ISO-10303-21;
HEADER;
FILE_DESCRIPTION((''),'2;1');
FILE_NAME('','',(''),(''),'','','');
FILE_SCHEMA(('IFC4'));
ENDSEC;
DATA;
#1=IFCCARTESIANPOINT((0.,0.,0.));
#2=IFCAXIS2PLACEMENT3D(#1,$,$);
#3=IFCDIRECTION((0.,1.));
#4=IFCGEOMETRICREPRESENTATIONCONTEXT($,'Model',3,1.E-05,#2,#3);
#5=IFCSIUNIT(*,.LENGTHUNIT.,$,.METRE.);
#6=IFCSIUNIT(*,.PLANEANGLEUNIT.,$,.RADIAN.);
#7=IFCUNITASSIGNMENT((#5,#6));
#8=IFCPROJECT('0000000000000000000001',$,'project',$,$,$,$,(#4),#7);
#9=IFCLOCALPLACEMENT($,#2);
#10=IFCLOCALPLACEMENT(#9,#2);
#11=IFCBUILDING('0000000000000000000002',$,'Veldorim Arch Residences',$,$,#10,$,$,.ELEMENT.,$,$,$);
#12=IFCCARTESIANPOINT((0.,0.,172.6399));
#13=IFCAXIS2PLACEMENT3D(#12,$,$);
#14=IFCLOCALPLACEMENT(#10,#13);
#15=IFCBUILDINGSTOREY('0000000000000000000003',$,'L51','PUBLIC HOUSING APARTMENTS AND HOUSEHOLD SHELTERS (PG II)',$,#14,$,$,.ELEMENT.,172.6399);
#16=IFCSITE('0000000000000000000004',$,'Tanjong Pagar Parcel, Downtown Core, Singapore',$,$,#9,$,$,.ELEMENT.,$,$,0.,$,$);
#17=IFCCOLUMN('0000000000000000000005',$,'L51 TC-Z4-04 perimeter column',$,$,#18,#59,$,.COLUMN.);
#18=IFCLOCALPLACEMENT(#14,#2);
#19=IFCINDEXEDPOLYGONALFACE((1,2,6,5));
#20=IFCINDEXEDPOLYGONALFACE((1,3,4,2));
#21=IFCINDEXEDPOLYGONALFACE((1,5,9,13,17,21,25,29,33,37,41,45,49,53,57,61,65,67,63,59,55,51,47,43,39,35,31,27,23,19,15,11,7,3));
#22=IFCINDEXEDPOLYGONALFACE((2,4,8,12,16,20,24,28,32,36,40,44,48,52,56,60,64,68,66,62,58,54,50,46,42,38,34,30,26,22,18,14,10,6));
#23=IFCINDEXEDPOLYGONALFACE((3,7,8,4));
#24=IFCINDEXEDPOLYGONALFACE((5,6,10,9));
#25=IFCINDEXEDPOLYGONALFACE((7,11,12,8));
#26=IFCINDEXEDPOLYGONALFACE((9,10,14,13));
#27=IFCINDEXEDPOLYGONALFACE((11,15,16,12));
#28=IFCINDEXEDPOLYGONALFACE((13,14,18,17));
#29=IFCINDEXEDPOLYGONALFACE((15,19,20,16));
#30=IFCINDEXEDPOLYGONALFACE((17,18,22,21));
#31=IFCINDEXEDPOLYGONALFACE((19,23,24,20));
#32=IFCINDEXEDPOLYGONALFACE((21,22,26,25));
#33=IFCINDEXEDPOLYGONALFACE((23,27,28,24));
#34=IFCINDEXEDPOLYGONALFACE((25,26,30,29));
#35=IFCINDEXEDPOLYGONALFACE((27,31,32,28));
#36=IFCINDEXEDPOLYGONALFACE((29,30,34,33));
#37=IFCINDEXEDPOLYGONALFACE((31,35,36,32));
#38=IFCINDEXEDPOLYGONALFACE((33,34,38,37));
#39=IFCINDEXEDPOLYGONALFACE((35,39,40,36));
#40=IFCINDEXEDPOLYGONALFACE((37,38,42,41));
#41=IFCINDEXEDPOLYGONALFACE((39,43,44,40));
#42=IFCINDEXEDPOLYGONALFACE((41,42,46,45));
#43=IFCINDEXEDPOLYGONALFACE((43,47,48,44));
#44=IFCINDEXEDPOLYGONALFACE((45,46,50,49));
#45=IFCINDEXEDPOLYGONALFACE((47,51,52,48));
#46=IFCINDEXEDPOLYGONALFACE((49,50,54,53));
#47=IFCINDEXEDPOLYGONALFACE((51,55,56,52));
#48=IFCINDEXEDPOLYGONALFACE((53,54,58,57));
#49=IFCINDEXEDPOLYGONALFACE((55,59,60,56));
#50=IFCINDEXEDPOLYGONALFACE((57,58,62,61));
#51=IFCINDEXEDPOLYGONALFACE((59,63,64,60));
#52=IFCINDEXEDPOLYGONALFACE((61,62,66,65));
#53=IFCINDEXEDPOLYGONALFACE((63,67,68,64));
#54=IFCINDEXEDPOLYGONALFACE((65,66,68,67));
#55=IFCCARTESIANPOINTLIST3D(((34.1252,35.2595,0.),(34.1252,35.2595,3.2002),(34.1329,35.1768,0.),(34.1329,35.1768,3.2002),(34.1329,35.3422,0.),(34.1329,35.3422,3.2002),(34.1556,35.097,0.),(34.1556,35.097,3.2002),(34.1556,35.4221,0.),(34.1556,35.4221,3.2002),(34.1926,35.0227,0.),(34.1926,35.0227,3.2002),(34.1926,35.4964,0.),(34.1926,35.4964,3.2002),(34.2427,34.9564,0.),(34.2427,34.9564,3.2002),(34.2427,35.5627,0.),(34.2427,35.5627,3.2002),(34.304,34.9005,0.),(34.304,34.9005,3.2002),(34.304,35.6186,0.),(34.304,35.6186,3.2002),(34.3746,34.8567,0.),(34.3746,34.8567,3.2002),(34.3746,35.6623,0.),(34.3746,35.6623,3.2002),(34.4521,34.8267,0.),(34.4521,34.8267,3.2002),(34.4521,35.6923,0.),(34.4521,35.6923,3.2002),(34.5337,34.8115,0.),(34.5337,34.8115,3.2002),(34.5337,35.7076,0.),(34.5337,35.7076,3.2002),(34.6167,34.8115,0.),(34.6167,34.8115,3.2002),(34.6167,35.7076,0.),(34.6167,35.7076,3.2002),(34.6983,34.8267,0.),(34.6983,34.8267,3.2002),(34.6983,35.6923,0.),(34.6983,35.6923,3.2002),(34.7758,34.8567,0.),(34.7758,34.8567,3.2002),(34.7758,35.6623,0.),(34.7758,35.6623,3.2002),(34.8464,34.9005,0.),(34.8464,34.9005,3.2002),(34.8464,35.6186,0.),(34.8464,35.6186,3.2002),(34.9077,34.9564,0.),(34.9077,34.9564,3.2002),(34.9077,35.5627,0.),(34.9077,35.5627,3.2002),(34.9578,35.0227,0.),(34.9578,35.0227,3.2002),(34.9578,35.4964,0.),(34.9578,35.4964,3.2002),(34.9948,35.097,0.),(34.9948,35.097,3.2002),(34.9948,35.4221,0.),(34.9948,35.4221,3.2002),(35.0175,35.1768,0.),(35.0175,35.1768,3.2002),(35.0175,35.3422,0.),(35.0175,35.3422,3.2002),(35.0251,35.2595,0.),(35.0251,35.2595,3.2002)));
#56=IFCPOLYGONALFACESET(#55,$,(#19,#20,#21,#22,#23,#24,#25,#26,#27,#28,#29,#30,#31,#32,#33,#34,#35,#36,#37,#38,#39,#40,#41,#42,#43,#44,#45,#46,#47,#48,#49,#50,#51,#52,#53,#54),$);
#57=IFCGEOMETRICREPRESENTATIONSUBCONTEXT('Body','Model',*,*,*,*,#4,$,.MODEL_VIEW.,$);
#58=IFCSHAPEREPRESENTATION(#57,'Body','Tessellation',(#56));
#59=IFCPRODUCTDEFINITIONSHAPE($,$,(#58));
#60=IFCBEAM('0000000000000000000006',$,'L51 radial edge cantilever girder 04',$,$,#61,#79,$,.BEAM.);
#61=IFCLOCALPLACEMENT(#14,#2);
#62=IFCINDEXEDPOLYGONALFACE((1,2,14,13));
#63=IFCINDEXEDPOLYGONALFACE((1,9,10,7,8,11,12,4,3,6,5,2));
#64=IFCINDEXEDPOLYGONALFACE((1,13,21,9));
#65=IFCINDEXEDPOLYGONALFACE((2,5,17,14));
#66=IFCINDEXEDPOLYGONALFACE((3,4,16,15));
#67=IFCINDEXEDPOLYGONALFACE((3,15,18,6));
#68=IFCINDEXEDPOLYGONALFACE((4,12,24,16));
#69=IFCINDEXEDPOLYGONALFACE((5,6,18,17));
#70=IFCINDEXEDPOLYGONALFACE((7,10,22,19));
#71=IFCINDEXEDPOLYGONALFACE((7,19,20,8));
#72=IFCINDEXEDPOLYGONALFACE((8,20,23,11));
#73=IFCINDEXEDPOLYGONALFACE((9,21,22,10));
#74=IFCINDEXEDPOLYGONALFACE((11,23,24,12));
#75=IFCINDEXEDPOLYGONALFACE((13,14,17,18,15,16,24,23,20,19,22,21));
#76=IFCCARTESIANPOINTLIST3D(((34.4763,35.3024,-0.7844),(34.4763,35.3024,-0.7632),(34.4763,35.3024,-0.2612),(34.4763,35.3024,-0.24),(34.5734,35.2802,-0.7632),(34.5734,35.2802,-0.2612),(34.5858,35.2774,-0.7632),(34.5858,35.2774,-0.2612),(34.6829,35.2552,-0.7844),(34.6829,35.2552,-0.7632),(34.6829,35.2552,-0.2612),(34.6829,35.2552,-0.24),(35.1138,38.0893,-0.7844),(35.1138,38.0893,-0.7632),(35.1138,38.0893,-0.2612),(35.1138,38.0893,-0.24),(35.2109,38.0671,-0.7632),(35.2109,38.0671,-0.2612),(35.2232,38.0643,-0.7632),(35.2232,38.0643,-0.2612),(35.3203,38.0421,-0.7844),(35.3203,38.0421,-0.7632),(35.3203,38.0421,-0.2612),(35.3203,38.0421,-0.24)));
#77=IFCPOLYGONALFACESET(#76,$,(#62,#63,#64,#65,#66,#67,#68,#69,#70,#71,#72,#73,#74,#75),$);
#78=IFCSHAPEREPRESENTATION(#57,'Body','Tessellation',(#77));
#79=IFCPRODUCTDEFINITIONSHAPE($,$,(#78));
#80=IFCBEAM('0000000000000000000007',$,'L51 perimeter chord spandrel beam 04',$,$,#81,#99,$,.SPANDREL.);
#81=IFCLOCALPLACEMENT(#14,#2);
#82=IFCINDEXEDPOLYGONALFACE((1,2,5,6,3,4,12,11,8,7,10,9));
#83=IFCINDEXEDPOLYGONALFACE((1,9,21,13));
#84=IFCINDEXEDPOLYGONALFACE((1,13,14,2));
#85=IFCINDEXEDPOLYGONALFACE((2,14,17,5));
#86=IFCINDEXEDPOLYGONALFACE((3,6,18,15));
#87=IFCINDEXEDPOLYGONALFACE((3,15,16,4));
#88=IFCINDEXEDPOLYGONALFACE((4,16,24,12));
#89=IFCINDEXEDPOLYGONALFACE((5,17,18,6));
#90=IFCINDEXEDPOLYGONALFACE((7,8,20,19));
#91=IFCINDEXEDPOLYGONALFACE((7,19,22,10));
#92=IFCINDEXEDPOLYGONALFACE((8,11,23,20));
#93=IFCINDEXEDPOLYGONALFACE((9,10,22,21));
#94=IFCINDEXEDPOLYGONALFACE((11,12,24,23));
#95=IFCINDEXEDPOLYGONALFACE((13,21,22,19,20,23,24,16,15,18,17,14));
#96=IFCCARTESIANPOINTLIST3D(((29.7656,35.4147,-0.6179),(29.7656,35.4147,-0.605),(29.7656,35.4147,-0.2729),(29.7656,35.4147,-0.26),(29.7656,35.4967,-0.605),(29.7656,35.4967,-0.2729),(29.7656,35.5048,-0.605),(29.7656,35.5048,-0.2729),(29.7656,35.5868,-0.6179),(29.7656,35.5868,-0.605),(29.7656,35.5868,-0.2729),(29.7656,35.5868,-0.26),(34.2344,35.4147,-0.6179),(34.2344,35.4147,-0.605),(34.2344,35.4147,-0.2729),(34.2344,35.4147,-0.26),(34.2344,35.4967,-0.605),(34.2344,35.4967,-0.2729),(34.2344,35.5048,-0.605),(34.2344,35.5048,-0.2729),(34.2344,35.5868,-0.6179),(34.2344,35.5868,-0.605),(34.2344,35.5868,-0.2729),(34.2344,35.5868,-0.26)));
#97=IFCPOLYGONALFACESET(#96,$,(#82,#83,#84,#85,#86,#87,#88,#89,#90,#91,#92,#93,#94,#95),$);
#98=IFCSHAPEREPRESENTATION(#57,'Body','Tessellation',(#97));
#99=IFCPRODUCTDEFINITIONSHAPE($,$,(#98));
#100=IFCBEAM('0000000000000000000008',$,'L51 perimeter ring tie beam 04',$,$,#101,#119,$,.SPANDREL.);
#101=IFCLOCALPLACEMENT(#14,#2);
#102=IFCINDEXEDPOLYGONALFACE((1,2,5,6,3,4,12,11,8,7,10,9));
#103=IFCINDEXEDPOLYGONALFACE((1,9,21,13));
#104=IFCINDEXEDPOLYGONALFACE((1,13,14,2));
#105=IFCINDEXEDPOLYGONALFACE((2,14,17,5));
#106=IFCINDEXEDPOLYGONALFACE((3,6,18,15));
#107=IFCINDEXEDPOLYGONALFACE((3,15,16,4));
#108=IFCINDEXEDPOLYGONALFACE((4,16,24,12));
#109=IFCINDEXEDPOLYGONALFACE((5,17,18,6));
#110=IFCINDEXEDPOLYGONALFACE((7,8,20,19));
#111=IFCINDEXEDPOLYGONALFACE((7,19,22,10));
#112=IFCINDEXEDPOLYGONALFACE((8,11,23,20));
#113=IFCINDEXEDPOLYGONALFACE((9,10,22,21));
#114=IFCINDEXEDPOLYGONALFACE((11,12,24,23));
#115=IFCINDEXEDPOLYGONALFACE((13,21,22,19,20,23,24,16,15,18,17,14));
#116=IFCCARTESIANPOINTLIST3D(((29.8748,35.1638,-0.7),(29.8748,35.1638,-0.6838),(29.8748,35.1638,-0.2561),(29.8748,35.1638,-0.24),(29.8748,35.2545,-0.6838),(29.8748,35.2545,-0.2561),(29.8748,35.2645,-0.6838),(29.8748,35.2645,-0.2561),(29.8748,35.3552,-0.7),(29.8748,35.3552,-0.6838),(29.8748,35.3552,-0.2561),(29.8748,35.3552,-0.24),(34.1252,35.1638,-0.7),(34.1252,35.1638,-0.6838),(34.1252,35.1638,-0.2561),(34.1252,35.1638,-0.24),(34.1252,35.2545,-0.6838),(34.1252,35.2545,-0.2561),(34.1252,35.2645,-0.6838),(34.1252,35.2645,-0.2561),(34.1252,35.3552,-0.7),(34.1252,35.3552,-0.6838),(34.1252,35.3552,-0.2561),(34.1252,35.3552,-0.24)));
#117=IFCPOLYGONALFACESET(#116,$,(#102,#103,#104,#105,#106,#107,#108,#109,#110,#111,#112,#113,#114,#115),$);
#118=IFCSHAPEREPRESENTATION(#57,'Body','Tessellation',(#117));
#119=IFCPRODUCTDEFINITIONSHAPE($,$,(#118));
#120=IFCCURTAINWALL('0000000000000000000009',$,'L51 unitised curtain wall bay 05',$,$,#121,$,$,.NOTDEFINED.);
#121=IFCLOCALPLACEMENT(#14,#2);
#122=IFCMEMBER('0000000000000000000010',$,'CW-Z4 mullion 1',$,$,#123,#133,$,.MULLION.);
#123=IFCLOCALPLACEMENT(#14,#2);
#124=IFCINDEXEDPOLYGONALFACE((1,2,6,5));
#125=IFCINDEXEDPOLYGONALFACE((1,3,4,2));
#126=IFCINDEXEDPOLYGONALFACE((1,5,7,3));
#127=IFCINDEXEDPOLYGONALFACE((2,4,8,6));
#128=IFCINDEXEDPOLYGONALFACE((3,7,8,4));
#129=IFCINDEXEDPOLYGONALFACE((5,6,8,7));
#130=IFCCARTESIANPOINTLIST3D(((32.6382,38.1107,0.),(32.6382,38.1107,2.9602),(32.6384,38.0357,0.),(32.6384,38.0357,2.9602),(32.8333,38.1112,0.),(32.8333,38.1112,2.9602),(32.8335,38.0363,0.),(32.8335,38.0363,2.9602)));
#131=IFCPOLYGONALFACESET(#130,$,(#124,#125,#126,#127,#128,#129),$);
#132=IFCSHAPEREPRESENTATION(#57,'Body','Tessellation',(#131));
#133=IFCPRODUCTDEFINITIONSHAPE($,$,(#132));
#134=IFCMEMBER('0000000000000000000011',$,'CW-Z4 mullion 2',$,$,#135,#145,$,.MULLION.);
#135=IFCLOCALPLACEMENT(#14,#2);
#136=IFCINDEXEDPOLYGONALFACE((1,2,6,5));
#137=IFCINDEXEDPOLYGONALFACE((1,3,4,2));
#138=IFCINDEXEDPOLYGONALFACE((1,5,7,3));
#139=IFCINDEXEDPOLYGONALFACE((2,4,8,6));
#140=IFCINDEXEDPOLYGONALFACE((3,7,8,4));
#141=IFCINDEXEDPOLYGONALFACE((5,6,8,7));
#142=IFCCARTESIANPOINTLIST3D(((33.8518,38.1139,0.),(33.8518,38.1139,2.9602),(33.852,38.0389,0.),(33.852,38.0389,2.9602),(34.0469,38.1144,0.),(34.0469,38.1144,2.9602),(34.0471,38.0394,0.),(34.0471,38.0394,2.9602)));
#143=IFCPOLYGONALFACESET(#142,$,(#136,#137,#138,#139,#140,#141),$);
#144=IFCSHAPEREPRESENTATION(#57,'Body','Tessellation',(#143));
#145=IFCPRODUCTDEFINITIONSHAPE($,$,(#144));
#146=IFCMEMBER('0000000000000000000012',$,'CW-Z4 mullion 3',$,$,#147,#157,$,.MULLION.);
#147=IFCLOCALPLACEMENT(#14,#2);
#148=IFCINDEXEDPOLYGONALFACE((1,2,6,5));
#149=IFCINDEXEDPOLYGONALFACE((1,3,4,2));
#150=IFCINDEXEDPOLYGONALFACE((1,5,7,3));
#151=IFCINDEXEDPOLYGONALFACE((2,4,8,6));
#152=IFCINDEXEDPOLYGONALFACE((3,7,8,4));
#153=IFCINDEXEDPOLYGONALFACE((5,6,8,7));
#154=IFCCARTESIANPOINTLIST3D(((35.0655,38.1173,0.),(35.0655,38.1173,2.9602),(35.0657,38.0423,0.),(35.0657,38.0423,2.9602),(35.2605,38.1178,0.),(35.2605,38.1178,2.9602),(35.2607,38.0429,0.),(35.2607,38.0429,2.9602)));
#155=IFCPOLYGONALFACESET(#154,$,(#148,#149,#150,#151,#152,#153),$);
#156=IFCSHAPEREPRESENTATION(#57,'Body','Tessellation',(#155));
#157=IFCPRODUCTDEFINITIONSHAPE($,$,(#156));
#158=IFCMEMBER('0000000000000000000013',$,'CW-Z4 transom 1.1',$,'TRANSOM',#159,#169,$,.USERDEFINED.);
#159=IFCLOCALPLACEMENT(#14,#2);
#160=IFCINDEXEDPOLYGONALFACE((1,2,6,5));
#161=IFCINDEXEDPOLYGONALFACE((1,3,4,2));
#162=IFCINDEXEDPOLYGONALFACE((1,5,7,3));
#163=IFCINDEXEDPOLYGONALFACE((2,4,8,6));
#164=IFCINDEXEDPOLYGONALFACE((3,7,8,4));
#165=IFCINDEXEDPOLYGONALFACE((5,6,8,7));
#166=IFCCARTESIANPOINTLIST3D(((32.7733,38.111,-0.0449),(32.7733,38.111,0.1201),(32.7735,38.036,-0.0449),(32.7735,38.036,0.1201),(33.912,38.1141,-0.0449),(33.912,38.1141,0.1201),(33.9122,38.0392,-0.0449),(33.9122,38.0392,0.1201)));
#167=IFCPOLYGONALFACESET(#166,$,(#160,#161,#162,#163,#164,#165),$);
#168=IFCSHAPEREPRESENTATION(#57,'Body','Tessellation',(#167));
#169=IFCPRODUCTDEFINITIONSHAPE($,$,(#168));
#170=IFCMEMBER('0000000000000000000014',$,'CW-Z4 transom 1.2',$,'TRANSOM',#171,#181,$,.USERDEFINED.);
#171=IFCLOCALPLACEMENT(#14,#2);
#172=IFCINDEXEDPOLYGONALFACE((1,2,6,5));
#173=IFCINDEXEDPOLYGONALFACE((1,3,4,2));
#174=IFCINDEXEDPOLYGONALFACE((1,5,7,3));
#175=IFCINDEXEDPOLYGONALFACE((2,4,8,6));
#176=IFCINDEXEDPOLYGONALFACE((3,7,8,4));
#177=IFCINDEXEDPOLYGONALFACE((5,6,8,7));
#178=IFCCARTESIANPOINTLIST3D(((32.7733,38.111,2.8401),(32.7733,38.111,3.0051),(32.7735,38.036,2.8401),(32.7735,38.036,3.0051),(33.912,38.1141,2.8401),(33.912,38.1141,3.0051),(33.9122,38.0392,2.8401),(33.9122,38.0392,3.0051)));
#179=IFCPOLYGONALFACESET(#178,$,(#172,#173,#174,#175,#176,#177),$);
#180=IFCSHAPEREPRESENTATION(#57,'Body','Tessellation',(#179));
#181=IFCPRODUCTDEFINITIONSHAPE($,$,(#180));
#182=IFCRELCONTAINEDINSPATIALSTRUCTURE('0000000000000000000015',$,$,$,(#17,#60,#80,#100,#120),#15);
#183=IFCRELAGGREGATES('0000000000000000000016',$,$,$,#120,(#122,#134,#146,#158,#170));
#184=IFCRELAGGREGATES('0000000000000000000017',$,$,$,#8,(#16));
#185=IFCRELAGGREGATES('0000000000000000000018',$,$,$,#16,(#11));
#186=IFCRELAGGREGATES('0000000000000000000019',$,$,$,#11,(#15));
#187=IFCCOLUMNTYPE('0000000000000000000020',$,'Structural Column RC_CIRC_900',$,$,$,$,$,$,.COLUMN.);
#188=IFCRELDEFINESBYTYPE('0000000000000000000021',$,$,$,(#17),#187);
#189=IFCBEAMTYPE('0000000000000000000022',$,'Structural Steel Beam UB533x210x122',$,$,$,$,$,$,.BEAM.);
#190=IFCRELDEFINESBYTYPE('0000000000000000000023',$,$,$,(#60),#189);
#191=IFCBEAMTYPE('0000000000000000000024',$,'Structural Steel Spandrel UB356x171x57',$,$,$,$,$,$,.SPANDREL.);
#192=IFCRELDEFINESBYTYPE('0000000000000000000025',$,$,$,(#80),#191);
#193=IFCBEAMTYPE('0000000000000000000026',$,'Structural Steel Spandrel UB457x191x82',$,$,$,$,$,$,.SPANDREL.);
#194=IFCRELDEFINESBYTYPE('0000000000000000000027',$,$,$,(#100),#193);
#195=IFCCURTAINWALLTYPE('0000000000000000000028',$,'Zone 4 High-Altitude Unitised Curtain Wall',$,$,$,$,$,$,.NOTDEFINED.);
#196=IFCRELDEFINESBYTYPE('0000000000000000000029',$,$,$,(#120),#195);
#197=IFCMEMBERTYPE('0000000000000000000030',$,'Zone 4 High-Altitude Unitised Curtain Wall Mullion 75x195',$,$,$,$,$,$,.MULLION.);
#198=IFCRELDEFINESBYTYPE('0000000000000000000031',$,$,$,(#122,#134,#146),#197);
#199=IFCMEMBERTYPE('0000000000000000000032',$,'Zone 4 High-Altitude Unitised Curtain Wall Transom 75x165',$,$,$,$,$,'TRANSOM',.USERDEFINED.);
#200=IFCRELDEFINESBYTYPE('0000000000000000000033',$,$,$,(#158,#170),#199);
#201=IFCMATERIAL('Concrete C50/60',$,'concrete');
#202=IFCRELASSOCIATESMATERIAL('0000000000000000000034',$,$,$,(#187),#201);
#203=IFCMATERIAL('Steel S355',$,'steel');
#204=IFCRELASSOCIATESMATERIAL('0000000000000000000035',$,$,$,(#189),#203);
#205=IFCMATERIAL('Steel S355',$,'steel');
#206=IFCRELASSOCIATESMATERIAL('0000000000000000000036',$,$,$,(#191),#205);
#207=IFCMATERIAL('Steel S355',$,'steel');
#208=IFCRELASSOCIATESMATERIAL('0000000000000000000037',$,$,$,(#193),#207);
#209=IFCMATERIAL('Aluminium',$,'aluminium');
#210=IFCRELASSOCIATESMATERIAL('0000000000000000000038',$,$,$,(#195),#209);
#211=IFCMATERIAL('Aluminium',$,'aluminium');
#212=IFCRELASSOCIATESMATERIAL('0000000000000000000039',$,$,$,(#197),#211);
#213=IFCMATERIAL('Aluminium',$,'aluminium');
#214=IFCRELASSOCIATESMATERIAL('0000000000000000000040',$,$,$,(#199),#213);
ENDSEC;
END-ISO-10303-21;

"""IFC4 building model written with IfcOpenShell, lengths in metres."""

from ifc_helpers import new_model, si_unit, direction, frame, origin, origin_2d, place, context, subcontext, project, spatial, rectangle, circle, i_section, extrude, material, material_profile, profile_set, type_object, element, aggregate, save


model = new_model("IFC4")

# Units and contexts
model_context = context("Model", 3, precision=1e-05, world=origin(), true_north=direction((0.0, 1.0)))
body_context = subcontext(model_context, "Body", "Model", "MODEL_VIEW")
ifc_project = project(units=[si_unit("LENGTHUNIT", "METRE"), si_unit("PLANEANGLEUNIT", "RADIAN")], contexts=[model_context])

# Site, building, storey
site_placement = place(None, origin())
site = spatial("IfcSite", under=ifc_project, at=site_placement, Name="Tanjong Pagar Parcel, Downtown Core, Singapore", CompositionType="ELEMENT", RefElevation=0.0)
building_placement = place(site_placement, origin())
building = spatial("IfcBuilding", under=site, at=building_placement, Name="Veldorim Arch Residences", CompositionType="ELEMENT")
storey_placement = place(building_placement, frame((0.0, 0.0, 172.6399)))
storey = spatial("IfcBuildingStorey", under=building, at=storey_placement, Name="L51", Description="PUBLIC HOUSING APARTMENTS AND HOUSEHOLD SHELTERS (PG II)", CompositionType="ELEMENT", Elevation=172.6399)

# Column
ifc_material_1 = material(Name="Concrete C50/60", Category="concrete")
ifc_material_profile_1 = material_profile(ifc_material_1, circle(Radius=0.45, at=origin_2d()), Name="RC_CIRC_900")
ifc_profile_set_1 = profile_set([ifc_material_profile_1], Name="Concrete C50/60")
column_type = type_object("IfcColumnType", Name="Structural Column RC_CIRC_900", PredefinedType="COLUMN", material=ifc_profile_set_1)
column_placement = place(storey_placement, frame((34.5752, 35.2595, 0.0), z_axis=(0.0, 0.0, 1.0), x_axis=(1.0, 0.0, 0.0)))
element("IfcColumn", 1, at=column_placement, inside=storey, type_object=column_type, Name="L51 TC-Z4-04 perimeter column", PredefinedType="COLUMN", context=body_context, shape_type="SweptSolid", body=[
    extrude(circle(Radius=0.45, at=origin_2d()), origin(), (0.0, 0.0, 1.0), 3.2002),
])

# Beams
ifc_material_2 = material(Name="Steel S355", Category="steel")
ifc_material_profile_2 = material_profile(ifc_material_2, i_section(OverallWidth=0.2119, OverallDepth=0.5444, WebThickness=0.0127, FlangeThickness=0.0212, at=origin_2d()), Name="UB533x210x122")
ifc_profile_set_2 = profile_set([ifc_material_profile_2], Name="Steel S355")
beam_type_1 = type_object("IfcBeamType", Name="Structural Steel Beam UB533x210x122", PredefinedType="BEAM", material=ifc_profile_set_2)
beam_1_placement = place(storey_placement, frame((34.5796, 35.2788, -0.5122), z_axis=(0.222976, 0.974824, 0.0), x_axis=(-0.974824, 0.222976, 0.0)))
element("IfcBeam", 2, at=beam_1_placement, inside=storey, type_object=beam_type_1, Name="L51 radial edge cantilever girder 04", PredefinedType="BEAM", context=body_context, shape_type="SweptSolid", body=[
    extrude(i_section(OverallWidth=0.2119, OverallDepth=0.5444, WebThickness=0.0127, FlangeThickness=0.0212, at=origin_2d()), origin(), (0.0, 0.0, 1.0), 2.8589),
])
ifc_material_3 = material(Name="Steel S355", Category="steel")
ifc_material_profile_3 = material_profile(ifc_material_3, i_section(OverallWidth=0.1721, OverallDepth=0.3579, WebThickness=0.0081, FlangeThickness=0.0129, at=origin_2d()), Name="UB356x171x57")
ifc_profile_set_3 = profile_set([ifc_material_profile_3], Name="Steel S355")
beam_type_2 = type_object("IfcBeamType", Name="Structural Steel Spandrel UB356x171x57", PredefinedType="SPANDREL", material=ifc_profile_set_3)
beam_2_placement = place(storey_placement, frame((34.2344, 35.5007, -0.439), z_axis=(-1.0, 0.0, 0.0), x_axis=(0.0, -1.0, 0.0)))
element("IfcBeam", 3, at=beam_2_placement, inside=storey, type_object=beam_type_2, Name="L51 perimeter chord spandrel beam 04", PredefinedType="SPANDREL", context=body_context, shape_type="SweptSolid", body=[
    extrude(i_section(OverallWidth=0.1721, OverallDepth=0.3579, WebThickness=0.0081, FlangeThickness=0.0129, at=origin_2d()), origin(), (0.0, 0.0, 1.0), 4.4688),
])
ifc_material_4 = material(Name="Steel S355", Category="steel")
ifc_material_profile_4 = material_profile(ifc_material_4, i_section(OverallWidth=0.1914, OverallDepth=0.46, WebThickness=0.01, FlangeThickness=0.0161, at=origin_2d()), Name="UB457x191x82")
ifc_profile_set_4 = profile_set([ifc_material_profile_4], Name="Steel S355")
beam_type_3 = type_object("IfcBeamType", Name="Structural Steel Spandrel UB457x191x82", PredefinedType="SPANDREL", material=ifc_profile_set_4)
beam_3_placement = place(storey_placement, frame((34.1252, 35.2595, -0.47), z_axis=(-1.0, 0.0, 0.0), x_axis=(0.0, -1.0, 0.0)))
element("IfcBeam", 4, at=beam_3_placement, inside=storey, type_object=beam_type_3, Name="L51 perimeter ring tie beam 04", PredefinedType="SPANDREL", context=body_context, shape_type="SweptSolid", body=[
    extrude(i_section(OverallWidth=0.1914, OverallDepth=0.46, WebThickness=0.01, FlangeThickness=0.0161, at=origin_2d()), origin(), (0.0, 0.0, 1.0), 4.2505),
])

# Curtain wall, members
ifc_material_5 = material(Name="Aluminium", Category="aluminium")
curtain_wall_type = type_object("IfcCurtainWallType", Name="Zone 4 High-Altitude Unitised Curtain Wall", PredefinedType="NOTDEFINED", material=ifc_material_5)
curtain_wall_placement = place(storey_placement, origin())
curtain_wall = element("IfcCurtainWall", 5, at=curtain_wall_placement, inside=storey, type_object=curtain_wall_type, Name="L51 unitised curtain wall bay 05", PredefinedType="NOTDEFINED")
ifc_material_6 = material(Name="Aluminium", Category="aluminium")
ifc_material_profile_5 = material_profile(ifc_material_6, rectangle(XDim=0.075, YDim=0.1951, at=origin_2d()), Name="ALU_MUL_75x195")
ifc_profile_set_5 = profile_set([ifc_material_profile_5], Name="Aluminium")
member_type_1 = type_object("IfcMemberType", Name="Zone 4 High-Altitude Unitised Curtain Wall Mullion 75x195", PredefinedType="MULLION", material=ifc_profile_set_5)
member_1_placement = place(storey_placement, frame((32.7358, 38.0735, 0.0), z_axis=(0.0, 0.0, 1.0), x_axis=(-0.002678, 0.999996, 0.0)))
member_1 = element("IfcMember", 6, at=member_1_placement, type_object=member_type_1, Name="CW-Z4 mullion 1", PredefinedType="MULLION", context=body_context, shape_type="SweptSolid", body=[
    extrude(rectangle(XDim=0.075, YDim=0.1951, at=origin_2d()), origin(), (0.0, 0.0, 1.0), 2.9602),
])
member_2_placement = place(storey_placement, frame((33.9495, 38.0767, 0.0), z_axis=(0.0, 0.0, 1.0), x_axis=(-0.002678, 0.999996, 0.0)))
member_2 = element("IfcMember", 7, at=member_2_placement, type_object=member_type_1, Name="CW-Z4 mullion 2", PredefinedType="MULLION", context=body_context, shape_type="SweptSolid", body=[
    extrude(rectangle(XDim=0.075, YDim=0.1951, at=origin_2d()), origin(), (0.0, 0.0, 1.0), 2.9602),
])
member_3_placement = place(storey_placement, frame((35.1631, 38.0801, 0.0), z_axis=(0.0, 0.0, 1.0), x_axis=(-0.002678, 0.999996, 0.0)))
member_3 = element("IfcMember", 8, at=member_3_placement, type_object=member_type_1, Name="CW-Z4 mullion 3", PredefinedType="MULLION", context=body_context, shape_type="SweptSolid", body=[
    extrude(rectangle(XDim=0.075, YDim=0.1951, at=origin_2d()), origin(), (0.0, 0.0, 1.0), 2.9602),
])
ifc_material_7 = material(Name="Aluminium", Category="aluminium")
ifc_material_profile_6 = material_profile(ifc_material_7, rectangle(XDim=0.075, YDim=0.165, at=origin_2d()), Name="ALU_TRN_75x165")
ifc_profile_set_6 = profile_set([ifc_material_profile_6], Name="Aluminium")
member_type_2 = type_object("IfcMemberType", Name="Zone 4 High-Altitude Unitised Curtain Wall Transom 75x165", ElementType="TRANSOM", PredefinedType="USERDEFINED", material=ifc_profile_set_6)
member_4_placement = place(storey_placement, frame((32.7734, 38.0735, 0.0376), z_axis=(0.999996, 0.002787, 0.0), x_axis=(-0.002787, 0.999996, 0.0)))
member_4 = element("IfcMember", 9, at=member_4_placement, type_object=member_type_2, Name="CW-Z4 transom 1.1", ObjectType="TRANSOM", PredefinedType="USERDEFINED", context=body_context, shape_type="SweptSolid", body=[
    extrude(rectangle(XDim=0.075, YDim=0.165, at=origin_2d()), origin(), (0.0, 0.0, 1.0), 1.1387),
])
member_5_placement = place(storey_placement, frame((32.7734, 38.0735, 2.9226), z_axis=(0.999996, 0.002787, 0.0), x_axis=(-0.002787, 0.999996, 0.0)))
member_5 = element("IfcMember", 10, at=member_5_placement, type_object=member_type_2, Name="CW-Z4 transom 1.2", ObjectType="TRANSOM", PredefinedType="USERDEFINED", context=body_context, shape_type="SweptSolid", body=[
    extrude(rectangle(XDim=0.075, YDim=0.165, at=origin_2d()), origin(), (0.0, 0.0, 1.0), 1.1387),
])
aggregate(curtain_wall, [member_1, member_2, member_3, member_4, member_5])

save(model, "model.ifc")
